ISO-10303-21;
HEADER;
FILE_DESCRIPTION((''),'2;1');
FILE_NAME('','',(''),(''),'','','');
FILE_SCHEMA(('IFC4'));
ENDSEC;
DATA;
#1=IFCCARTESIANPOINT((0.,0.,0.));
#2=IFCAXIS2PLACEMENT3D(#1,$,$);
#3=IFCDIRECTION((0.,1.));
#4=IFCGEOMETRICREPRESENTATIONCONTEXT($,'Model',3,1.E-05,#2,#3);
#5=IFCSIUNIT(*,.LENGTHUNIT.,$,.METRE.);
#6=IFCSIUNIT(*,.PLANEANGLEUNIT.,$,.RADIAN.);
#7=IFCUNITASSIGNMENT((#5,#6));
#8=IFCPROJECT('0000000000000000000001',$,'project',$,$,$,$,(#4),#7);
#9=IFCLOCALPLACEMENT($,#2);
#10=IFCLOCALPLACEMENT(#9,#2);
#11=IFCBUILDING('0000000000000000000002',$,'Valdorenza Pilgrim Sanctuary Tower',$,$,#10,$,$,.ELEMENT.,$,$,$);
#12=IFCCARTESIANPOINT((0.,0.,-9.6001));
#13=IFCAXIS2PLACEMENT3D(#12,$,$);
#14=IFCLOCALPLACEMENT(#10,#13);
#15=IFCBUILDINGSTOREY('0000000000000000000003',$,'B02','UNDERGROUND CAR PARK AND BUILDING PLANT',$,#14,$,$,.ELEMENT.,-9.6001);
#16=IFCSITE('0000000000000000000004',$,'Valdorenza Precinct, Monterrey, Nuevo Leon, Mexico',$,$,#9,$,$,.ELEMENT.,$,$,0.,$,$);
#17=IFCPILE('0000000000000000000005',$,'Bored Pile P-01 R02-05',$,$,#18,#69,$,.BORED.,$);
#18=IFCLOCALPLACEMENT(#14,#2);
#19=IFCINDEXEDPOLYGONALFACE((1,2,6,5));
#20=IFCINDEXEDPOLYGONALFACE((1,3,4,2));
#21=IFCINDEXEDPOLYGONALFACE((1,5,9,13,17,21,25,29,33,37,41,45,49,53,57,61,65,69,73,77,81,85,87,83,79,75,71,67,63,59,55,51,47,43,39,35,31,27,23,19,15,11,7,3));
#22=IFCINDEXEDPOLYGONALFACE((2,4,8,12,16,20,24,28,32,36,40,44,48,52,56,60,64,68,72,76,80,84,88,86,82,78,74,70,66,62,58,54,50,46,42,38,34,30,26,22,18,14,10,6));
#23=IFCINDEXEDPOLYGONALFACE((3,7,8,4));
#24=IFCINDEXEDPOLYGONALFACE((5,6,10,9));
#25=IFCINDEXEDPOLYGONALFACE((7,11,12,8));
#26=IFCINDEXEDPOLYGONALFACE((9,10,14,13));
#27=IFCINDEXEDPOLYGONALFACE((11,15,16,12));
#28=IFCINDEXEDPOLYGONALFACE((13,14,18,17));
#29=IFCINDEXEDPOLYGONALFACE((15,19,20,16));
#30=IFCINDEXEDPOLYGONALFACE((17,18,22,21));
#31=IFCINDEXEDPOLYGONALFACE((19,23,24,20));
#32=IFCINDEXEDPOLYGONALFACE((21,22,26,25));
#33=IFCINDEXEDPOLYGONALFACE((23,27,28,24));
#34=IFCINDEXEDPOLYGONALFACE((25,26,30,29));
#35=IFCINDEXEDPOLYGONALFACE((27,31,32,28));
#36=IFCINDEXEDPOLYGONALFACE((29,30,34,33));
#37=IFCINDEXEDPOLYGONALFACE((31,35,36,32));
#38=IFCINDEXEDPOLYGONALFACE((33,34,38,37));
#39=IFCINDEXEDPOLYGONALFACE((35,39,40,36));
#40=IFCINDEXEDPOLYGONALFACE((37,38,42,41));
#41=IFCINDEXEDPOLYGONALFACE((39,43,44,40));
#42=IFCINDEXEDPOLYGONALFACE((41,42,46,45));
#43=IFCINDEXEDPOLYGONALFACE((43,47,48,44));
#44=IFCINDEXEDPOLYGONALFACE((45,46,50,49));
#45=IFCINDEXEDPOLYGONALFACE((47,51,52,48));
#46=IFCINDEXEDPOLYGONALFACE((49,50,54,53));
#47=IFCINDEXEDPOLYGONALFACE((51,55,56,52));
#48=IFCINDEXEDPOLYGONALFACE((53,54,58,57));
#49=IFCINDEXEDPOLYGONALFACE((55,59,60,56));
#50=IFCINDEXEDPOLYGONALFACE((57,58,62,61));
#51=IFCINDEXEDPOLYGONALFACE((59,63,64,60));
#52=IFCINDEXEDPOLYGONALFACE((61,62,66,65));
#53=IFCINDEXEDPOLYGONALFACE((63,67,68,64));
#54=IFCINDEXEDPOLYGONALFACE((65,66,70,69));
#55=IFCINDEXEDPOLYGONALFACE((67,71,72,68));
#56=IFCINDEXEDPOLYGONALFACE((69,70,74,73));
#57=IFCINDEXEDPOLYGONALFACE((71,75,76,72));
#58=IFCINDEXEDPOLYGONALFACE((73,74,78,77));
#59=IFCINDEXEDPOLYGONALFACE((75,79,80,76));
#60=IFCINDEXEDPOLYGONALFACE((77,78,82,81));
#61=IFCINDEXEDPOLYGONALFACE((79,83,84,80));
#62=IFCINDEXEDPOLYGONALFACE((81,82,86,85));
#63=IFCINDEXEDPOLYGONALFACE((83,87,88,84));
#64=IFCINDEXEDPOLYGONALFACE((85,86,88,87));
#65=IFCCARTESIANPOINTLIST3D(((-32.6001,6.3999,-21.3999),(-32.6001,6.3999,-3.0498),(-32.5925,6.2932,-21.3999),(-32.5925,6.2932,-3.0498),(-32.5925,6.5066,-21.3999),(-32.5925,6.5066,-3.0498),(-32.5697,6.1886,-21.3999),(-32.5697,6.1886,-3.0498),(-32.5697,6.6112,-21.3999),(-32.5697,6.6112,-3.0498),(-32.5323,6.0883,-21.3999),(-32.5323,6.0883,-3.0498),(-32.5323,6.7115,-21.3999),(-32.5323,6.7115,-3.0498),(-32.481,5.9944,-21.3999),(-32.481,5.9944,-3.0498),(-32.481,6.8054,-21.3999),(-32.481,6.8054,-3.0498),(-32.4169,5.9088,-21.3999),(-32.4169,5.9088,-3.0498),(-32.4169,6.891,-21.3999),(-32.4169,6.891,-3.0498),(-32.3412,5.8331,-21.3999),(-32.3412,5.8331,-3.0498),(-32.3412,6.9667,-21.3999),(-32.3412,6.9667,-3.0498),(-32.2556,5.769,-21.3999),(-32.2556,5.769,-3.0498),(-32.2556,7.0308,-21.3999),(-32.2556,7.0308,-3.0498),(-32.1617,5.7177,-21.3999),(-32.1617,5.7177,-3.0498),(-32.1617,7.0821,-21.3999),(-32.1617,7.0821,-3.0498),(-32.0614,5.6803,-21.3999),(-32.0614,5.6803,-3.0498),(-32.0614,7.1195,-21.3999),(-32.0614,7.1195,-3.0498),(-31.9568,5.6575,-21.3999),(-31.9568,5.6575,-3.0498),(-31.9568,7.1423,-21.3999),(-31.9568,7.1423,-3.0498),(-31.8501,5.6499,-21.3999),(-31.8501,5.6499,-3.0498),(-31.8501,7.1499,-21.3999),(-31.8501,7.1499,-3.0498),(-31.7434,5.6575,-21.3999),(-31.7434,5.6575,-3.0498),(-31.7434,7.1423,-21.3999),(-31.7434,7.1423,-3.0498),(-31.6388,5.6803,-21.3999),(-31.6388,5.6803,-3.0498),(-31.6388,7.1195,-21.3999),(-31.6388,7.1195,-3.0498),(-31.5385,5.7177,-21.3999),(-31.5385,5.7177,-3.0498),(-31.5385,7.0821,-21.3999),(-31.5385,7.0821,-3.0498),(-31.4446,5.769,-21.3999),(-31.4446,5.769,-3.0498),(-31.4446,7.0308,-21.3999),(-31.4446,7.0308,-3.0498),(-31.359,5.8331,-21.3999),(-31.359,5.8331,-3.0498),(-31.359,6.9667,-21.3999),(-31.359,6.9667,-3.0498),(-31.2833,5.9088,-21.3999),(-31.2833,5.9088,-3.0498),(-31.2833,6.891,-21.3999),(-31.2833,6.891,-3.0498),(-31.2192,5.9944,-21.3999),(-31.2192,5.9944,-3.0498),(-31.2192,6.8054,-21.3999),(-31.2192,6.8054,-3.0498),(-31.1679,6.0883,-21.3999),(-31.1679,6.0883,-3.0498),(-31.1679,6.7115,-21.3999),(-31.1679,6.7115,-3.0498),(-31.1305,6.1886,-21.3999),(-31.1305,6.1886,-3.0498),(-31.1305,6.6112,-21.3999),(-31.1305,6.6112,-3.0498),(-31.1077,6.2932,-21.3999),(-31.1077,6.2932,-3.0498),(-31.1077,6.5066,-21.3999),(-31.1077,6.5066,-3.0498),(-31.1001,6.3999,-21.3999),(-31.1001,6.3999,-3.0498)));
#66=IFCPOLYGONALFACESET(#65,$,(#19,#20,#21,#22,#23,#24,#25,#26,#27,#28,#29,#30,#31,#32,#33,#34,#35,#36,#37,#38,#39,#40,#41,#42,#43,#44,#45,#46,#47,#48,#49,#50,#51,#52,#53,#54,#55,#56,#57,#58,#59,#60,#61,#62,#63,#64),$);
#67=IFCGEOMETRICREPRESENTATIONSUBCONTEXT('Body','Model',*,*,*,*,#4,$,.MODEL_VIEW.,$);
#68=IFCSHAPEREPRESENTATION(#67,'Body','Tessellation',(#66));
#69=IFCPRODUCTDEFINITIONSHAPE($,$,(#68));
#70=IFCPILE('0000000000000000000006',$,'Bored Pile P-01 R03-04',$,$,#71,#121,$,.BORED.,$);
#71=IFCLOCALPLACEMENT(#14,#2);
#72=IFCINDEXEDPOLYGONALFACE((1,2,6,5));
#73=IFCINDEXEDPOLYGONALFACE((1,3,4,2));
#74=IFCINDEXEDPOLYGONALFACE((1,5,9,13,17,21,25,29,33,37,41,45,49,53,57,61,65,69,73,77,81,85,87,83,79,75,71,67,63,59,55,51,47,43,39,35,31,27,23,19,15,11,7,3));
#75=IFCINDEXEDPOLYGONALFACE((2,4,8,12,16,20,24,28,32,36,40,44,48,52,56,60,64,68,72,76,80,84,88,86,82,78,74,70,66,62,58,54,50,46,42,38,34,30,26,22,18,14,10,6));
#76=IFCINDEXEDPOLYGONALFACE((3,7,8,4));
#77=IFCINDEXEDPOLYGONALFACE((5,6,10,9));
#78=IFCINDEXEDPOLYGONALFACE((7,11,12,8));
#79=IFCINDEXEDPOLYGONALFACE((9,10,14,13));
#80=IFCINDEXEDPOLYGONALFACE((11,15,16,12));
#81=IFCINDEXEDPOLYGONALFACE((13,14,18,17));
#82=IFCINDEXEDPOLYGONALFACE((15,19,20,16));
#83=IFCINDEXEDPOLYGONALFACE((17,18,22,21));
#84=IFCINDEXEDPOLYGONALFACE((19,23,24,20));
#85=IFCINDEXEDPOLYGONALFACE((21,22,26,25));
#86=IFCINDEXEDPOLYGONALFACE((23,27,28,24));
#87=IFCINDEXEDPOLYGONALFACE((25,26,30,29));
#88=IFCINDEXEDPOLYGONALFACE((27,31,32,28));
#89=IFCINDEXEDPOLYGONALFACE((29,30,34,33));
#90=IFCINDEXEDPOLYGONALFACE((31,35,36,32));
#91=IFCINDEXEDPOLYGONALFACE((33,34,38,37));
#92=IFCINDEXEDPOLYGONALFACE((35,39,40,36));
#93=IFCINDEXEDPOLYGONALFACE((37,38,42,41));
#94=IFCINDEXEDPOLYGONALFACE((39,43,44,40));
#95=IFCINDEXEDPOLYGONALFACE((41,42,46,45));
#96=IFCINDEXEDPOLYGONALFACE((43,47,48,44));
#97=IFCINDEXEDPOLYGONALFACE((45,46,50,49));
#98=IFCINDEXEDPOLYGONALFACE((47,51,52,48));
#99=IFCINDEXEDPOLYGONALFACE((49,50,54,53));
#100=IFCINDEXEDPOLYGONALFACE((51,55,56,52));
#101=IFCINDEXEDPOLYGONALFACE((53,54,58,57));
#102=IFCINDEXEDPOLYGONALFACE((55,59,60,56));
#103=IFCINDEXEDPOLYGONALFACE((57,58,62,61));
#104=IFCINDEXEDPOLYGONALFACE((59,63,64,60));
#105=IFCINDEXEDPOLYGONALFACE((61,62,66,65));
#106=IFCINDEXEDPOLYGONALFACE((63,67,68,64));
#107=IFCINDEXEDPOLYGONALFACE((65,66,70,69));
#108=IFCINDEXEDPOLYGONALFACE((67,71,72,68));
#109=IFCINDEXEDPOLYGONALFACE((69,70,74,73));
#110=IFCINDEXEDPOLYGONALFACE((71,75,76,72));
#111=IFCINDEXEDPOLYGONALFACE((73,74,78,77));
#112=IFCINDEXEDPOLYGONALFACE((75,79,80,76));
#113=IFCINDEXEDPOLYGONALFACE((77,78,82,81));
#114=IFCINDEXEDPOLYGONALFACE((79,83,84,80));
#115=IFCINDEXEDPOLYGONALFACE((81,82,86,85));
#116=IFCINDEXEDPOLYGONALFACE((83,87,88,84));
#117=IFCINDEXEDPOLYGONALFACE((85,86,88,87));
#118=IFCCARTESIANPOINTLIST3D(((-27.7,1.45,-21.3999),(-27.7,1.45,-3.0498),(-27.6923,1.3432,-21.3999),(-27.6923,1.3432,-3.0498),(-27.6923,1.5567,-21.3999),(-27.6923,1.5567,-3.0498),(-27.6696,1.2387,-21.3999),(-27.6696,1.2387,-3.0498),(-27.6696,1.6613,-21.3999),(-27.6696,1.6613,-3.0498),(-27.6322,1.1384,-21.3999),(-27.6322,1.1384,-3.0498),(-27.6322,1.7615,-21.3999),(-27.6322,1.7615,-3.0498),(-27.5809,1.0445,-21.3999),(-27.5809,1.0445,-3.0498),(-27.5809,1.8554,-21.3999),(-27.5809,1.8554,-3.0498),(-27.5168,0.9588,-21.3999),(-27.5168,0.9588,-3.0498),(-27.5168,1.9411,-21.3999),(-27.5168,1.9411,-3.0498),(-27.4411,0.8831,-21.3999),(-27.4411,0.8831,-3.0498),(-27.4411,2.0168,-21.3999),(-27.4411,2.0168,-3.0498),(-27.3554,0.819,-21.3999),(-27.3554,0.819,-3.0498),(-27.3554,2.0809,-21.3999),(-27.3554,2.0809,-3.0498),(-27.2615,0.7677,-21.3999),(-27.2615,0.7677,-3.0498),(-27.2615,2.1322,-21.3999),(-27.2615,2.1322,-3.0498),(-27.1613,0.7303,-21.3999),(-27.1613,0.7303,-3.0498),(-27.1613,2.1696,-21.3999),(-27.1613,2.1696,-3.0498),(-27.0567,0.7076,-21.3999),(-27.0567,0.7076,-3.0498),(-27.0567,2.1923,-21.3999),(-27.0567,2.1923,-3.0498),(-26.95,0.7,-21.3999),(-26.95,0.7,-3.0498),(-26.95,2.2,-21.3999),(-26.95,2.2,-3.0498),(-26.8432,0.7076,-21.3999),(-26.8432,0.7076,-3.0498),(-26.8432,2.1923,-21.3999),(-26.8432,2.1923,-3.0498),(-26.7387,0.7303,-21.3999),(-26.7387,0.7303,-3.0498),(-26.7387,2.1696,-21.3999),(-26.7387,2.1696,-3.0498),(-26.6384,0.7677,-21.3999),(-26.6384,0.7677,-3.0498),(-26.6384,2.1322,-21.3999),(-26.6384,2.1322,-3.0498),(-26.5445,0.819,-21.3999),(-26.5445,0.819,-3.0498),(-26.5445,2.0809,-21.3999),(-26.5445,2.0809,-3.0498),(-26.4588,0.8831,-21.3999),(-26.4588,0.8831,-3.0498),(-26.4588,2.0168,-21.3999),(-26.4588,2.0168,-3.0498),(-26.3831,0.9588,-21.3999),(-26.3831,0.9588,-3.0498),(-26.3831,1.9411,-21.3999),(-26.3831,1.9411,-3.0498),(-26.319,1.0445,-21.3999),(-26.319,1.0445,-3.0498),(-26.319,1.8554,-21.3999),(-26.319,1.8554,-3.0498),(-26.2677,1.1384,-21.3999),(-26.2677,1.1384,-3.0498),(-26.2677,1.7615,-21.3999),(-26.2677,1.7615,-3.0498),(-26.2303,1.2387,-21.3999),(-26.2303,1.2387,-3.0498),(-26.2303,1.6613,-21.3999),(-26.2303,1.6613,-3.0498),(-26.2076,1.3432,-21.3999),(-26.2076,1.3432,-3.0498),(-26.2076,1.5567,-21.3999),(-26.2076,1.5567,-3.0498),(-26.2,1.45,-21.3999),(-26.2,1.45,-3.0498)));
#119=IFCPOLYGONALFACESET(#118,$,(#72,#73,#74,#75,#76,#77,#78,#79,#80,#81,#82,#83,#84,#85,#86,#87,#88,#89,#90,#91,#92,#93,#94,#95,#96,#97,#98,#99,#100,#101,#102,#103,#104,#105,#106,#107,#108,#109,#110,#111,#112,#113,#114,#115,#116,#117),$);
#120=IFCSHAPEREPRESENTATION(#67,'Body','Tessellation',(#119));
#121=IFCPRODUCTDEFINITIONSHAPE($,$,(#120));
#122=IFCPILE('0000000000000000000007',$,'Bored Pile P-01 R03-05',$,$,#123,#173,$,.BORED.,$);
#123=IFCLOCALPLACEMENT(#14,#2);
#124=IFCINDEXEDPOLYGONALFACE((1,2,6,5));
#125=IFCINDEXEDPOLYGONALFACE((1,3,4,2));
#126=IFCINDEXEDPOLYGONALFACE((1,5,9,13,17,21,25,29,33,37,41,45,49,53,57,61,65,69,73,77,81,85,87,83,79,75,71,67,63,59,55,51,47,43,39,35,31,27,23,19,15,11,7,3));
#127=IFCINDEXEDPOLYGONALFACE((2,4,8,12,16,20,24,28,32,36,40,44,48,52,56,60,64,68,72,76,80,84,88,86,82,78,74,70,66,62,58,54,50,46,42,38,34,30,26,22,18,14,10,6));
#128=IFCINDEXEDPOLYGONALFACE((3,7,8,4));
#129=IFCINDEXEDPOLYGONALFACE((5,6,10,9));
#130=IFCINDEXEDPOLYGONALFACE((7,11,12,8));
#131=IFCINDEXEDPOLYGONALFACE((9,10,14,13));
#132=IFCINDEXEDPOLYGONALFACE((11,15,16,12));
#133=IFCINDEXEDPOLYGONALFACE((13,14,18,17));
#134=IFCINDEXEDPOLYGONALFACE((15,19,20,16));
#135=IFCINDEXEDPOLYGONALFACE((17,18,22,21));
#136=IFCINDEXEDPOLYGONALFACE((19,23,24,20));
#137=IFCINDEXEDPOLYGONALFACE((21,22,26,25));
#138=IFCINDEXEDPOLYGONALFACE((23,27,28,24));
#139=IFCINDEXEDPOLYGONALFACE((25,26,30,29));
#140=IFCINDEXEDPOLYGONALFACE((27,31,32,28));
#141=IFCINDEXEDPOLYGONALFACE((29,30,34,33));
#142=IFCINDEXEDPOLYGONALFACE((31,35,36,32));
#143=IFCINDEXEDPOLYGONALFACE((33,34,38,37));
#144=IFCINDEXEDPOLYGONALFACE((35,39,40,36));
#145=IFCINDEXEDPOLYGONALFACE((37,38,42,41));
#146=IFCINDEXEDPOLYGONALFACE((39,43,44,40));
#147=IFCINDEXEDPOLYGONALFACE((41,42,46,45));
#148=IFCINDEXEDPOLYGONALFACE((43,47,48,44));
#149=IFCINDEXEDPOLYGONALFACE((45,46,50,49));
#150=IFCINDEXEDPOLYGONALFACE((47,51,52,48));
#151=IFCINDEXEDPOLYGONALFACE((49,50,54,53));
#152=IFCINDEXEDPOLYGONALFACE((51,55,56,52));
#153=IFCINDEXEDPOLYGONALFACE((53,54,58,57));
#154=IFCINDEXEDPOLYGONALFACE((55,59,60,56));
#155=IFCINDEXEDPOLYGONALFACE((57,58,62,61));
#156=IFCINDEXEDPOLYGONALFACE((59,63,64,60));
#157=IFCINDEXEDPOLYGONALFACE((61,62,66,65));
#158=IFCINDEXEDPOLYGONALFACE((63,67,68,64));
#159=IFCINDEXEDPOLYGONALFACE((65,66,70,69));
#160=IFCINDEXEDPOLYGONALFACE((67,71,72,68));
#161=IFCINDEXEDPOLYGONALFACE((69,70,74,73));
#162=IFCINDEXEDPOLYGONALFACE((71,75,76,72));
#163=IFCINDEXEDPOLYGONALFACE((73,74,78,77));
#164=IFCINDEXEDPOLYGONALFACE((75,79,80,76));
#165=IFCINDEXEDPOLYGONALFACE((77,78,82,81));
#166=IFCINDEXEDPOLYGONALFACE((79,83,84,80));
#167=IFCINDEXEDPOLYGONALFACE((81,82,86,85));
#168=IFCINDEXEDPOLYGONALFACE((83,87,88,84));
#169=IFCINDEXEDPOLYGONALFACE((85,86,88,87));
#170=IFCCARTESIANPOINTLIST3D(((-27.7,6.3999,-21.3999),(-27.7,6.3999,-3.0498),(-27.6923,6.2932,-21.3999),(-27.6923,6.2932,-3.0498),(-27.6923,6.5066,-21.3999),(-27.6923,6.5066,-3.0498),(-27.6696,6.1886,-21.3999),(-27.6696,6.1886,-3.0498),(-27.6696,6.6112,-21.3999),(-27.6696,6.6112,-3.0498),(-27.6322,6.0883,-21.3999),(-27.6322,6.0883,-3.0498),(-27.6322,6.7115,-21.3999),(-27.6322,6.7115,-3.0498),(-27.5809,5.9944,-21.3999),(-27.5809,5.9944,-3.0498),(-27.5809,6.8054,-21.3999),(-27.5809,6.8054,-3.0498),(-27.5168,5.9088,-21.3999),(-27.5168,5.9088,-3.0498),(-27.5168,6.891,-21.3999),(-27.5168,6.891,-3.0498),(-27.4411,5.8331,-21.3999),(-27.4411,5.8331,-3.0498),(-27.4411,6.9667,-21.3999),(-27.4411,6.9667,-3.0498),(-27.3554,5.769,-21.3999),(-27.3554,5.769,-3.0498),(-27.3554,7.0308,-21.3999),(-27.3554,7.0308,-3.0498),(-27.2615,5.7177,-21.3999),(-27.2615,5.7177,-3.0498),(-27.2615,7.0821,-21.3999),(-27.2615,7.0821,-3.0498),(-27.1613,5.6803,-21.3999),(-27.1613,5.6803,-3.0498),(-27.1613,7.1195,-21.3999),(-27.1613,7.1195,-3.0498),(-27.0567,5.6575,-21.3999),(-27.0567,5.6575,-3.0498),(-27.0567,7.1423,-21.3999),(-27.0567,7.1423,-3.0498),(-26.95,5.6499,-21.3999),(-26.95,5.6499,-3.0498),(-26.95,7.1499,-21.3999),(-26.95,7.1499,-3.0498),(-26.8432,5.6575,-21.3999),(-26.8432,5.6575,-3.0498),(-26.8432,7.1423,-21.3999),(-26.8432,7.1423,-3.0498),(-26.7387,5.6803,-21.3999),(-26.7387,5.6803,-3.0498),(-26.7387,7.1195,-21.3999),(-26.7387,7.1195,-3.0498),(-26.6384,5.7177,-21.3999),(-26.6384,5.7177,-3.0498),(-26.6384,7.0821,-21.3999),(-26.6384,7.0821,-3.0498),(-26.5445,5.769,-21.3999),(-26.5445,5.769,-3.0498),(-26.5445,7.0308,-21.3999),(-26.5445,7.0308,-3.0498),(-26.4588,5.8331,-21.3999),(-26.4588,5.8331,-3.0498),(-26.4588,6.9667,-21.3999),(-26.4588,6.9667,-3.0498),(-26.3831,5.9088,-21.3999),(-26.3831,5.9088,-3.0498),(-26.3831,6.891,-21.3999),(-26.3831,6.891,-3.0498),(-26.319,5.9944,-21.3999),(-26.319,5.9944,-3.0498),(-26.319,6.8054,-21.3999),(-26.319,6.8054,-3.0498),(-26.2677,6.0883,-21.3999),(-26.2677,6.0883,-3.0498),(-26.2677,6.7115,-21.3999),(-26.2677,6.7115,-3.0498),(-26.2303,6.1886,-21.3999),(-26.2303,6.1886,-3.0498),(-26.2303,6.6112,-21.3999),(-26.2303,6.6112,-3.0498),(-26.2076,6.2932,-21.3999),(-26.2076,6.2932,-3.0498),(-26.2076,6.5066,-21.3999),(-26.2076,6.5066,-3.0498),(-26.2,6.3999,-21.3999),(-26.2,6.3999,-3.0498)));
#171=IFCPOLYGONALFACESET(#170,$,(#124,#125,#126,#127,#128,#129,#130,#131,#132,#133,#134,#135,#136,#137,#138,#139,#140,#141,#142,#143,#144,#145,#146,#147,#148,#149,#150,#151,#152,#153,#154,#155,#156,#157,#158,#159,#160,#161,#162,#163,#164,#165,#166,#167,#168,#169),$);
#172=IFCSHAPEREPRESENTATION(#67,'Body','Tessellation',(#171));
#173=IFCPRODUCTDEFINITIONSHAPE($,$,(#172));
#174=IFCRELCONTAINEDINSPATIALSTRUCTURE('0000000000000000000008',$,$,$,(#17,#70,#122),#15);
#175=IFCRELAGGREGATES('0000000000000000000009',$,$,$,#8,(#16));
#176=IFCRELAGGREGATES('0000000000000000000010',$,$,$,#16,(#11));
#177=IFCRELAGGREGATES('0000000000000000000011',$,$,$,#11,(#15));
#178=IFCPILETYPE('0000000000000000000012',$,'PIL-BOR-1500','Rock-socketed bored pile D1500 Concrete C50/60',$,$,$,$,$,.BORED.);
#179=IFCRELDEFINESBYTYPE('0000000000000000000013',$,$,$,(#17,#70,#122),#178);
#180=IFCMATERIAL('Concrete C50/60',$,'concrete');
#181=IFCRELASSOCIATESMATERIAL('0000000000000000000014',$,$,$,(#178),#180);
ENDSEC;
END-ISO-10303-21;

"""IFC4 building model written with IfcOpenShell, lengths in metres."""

from ifc_helpers import new_model, si_unit, direction, frame, origin, origin_2d, place, context, subcontext, project, spatial, circle, extrude, source, transform, mapped, material, material_profile, profile_set, type_object, element, save


model = new_model("IFC4")

# Units and contexts
model_context = context("Model", 3, precision=1e-05, world=origin(), true_north=direction((0.0, 1.0)))
body_context = subcontext(model_context, "Body", "Model", "MODEL_VIEW")
ifc_project = project(units=[si_unit("LENGTHUNIT", "METRE"), si_unit("PLANEANGLEUNIT", "RADIAN")], contexts=[model_context])

# Site, building, storey
site_placement = place(None, origin())
site = spatial("IfcSite", under=ifc_project, at=site_placement, Name="Valdorenza Precinct, Monterrey, Nuevo Leon, Mexico", CompositionType="ELEMENT", RefElevation=0.0)
building_placement = place(site_placement, origin())
building = spatial("IfcBuilding", under=site, at=building_placement, Name="Valdorenza Pilgrim Sanctuary Tower", CompositionType="ELEMENT")
storey_placement = place(building_placement, frame((0.0, 0.0, -9.6001)))
storey = spatial("IfcBuildingStorey", under=building, at=storey_placement, Name="B02", Description="UNDERGROUND CAR PARK AND BUILDING PLANT", CompositionType="ELEMENT", Elevation=-9.6001)

# Piles
ifc_material_1 = material(Name="Concrete C50/60", Category="concrete")
ifc_material_profile_1 = material_profile(ifc_material_1, circle(Radius=0.75, at=origin_2d()), Name="BORED PILE 1500")
ifc_profile_set_1 = profile_set([ifc_material_profile_1], Name="Concrete C50/60")
pile_type = type_object("IfcPileType", Name="PIL-BOR-1500", Description="Rock-socketed bored pile D1500 Concrete C50/60", PredefinedType="BORED", material=ifc_profile_set_1)
shared_shape_1 = source(origin(), body_context, "Body", "SweptSolid", [
    extrude(circle(Radius=0.75, at=origin_2d()), origin(), (0.0, 0.0, 1.0), 18.3501),
])
for number, where, z_axis, x_axis, name in (
    (1, (-31.8501, 6.3999, -3.0498), (0.0, 0.0, -1.0), (1.0, 0.0, 0.0), "Bored Pile P-01 R02-05"),
    (2, (-26.95, 1.45, -3.0498), (0.0, 0.0, -1.0), (1.0, 0.0, 0.0), "Bored Pile P-01 R03-04"),
    (3, (-26.95, 6.3999, -3.0498), (0.0, 0.0, -1.0), (1.0, 0.0, 0.0), "Bored Pile P-01 R03-05"),
):
    element("IfcPile", number, at=place(storey_placement, frame(where, z_axis=z_axis, x_axis=x_axis)), inside=storey, type_object=pile_type, Name=name, PredefinedType="BORED", context=body_context, shape_type="MappedRepresentation", body=[
        mapped(shared_shape_1, transform((0.0, 0.0, 0.0), x_axis=(1.0, 0.0, 0.0), y_axis=(0.0, 1.0, 0.0), z_axis=(0.0, 0.0, 1.0), scale=1.0)),
    ])

save(model, "model.ifc")
